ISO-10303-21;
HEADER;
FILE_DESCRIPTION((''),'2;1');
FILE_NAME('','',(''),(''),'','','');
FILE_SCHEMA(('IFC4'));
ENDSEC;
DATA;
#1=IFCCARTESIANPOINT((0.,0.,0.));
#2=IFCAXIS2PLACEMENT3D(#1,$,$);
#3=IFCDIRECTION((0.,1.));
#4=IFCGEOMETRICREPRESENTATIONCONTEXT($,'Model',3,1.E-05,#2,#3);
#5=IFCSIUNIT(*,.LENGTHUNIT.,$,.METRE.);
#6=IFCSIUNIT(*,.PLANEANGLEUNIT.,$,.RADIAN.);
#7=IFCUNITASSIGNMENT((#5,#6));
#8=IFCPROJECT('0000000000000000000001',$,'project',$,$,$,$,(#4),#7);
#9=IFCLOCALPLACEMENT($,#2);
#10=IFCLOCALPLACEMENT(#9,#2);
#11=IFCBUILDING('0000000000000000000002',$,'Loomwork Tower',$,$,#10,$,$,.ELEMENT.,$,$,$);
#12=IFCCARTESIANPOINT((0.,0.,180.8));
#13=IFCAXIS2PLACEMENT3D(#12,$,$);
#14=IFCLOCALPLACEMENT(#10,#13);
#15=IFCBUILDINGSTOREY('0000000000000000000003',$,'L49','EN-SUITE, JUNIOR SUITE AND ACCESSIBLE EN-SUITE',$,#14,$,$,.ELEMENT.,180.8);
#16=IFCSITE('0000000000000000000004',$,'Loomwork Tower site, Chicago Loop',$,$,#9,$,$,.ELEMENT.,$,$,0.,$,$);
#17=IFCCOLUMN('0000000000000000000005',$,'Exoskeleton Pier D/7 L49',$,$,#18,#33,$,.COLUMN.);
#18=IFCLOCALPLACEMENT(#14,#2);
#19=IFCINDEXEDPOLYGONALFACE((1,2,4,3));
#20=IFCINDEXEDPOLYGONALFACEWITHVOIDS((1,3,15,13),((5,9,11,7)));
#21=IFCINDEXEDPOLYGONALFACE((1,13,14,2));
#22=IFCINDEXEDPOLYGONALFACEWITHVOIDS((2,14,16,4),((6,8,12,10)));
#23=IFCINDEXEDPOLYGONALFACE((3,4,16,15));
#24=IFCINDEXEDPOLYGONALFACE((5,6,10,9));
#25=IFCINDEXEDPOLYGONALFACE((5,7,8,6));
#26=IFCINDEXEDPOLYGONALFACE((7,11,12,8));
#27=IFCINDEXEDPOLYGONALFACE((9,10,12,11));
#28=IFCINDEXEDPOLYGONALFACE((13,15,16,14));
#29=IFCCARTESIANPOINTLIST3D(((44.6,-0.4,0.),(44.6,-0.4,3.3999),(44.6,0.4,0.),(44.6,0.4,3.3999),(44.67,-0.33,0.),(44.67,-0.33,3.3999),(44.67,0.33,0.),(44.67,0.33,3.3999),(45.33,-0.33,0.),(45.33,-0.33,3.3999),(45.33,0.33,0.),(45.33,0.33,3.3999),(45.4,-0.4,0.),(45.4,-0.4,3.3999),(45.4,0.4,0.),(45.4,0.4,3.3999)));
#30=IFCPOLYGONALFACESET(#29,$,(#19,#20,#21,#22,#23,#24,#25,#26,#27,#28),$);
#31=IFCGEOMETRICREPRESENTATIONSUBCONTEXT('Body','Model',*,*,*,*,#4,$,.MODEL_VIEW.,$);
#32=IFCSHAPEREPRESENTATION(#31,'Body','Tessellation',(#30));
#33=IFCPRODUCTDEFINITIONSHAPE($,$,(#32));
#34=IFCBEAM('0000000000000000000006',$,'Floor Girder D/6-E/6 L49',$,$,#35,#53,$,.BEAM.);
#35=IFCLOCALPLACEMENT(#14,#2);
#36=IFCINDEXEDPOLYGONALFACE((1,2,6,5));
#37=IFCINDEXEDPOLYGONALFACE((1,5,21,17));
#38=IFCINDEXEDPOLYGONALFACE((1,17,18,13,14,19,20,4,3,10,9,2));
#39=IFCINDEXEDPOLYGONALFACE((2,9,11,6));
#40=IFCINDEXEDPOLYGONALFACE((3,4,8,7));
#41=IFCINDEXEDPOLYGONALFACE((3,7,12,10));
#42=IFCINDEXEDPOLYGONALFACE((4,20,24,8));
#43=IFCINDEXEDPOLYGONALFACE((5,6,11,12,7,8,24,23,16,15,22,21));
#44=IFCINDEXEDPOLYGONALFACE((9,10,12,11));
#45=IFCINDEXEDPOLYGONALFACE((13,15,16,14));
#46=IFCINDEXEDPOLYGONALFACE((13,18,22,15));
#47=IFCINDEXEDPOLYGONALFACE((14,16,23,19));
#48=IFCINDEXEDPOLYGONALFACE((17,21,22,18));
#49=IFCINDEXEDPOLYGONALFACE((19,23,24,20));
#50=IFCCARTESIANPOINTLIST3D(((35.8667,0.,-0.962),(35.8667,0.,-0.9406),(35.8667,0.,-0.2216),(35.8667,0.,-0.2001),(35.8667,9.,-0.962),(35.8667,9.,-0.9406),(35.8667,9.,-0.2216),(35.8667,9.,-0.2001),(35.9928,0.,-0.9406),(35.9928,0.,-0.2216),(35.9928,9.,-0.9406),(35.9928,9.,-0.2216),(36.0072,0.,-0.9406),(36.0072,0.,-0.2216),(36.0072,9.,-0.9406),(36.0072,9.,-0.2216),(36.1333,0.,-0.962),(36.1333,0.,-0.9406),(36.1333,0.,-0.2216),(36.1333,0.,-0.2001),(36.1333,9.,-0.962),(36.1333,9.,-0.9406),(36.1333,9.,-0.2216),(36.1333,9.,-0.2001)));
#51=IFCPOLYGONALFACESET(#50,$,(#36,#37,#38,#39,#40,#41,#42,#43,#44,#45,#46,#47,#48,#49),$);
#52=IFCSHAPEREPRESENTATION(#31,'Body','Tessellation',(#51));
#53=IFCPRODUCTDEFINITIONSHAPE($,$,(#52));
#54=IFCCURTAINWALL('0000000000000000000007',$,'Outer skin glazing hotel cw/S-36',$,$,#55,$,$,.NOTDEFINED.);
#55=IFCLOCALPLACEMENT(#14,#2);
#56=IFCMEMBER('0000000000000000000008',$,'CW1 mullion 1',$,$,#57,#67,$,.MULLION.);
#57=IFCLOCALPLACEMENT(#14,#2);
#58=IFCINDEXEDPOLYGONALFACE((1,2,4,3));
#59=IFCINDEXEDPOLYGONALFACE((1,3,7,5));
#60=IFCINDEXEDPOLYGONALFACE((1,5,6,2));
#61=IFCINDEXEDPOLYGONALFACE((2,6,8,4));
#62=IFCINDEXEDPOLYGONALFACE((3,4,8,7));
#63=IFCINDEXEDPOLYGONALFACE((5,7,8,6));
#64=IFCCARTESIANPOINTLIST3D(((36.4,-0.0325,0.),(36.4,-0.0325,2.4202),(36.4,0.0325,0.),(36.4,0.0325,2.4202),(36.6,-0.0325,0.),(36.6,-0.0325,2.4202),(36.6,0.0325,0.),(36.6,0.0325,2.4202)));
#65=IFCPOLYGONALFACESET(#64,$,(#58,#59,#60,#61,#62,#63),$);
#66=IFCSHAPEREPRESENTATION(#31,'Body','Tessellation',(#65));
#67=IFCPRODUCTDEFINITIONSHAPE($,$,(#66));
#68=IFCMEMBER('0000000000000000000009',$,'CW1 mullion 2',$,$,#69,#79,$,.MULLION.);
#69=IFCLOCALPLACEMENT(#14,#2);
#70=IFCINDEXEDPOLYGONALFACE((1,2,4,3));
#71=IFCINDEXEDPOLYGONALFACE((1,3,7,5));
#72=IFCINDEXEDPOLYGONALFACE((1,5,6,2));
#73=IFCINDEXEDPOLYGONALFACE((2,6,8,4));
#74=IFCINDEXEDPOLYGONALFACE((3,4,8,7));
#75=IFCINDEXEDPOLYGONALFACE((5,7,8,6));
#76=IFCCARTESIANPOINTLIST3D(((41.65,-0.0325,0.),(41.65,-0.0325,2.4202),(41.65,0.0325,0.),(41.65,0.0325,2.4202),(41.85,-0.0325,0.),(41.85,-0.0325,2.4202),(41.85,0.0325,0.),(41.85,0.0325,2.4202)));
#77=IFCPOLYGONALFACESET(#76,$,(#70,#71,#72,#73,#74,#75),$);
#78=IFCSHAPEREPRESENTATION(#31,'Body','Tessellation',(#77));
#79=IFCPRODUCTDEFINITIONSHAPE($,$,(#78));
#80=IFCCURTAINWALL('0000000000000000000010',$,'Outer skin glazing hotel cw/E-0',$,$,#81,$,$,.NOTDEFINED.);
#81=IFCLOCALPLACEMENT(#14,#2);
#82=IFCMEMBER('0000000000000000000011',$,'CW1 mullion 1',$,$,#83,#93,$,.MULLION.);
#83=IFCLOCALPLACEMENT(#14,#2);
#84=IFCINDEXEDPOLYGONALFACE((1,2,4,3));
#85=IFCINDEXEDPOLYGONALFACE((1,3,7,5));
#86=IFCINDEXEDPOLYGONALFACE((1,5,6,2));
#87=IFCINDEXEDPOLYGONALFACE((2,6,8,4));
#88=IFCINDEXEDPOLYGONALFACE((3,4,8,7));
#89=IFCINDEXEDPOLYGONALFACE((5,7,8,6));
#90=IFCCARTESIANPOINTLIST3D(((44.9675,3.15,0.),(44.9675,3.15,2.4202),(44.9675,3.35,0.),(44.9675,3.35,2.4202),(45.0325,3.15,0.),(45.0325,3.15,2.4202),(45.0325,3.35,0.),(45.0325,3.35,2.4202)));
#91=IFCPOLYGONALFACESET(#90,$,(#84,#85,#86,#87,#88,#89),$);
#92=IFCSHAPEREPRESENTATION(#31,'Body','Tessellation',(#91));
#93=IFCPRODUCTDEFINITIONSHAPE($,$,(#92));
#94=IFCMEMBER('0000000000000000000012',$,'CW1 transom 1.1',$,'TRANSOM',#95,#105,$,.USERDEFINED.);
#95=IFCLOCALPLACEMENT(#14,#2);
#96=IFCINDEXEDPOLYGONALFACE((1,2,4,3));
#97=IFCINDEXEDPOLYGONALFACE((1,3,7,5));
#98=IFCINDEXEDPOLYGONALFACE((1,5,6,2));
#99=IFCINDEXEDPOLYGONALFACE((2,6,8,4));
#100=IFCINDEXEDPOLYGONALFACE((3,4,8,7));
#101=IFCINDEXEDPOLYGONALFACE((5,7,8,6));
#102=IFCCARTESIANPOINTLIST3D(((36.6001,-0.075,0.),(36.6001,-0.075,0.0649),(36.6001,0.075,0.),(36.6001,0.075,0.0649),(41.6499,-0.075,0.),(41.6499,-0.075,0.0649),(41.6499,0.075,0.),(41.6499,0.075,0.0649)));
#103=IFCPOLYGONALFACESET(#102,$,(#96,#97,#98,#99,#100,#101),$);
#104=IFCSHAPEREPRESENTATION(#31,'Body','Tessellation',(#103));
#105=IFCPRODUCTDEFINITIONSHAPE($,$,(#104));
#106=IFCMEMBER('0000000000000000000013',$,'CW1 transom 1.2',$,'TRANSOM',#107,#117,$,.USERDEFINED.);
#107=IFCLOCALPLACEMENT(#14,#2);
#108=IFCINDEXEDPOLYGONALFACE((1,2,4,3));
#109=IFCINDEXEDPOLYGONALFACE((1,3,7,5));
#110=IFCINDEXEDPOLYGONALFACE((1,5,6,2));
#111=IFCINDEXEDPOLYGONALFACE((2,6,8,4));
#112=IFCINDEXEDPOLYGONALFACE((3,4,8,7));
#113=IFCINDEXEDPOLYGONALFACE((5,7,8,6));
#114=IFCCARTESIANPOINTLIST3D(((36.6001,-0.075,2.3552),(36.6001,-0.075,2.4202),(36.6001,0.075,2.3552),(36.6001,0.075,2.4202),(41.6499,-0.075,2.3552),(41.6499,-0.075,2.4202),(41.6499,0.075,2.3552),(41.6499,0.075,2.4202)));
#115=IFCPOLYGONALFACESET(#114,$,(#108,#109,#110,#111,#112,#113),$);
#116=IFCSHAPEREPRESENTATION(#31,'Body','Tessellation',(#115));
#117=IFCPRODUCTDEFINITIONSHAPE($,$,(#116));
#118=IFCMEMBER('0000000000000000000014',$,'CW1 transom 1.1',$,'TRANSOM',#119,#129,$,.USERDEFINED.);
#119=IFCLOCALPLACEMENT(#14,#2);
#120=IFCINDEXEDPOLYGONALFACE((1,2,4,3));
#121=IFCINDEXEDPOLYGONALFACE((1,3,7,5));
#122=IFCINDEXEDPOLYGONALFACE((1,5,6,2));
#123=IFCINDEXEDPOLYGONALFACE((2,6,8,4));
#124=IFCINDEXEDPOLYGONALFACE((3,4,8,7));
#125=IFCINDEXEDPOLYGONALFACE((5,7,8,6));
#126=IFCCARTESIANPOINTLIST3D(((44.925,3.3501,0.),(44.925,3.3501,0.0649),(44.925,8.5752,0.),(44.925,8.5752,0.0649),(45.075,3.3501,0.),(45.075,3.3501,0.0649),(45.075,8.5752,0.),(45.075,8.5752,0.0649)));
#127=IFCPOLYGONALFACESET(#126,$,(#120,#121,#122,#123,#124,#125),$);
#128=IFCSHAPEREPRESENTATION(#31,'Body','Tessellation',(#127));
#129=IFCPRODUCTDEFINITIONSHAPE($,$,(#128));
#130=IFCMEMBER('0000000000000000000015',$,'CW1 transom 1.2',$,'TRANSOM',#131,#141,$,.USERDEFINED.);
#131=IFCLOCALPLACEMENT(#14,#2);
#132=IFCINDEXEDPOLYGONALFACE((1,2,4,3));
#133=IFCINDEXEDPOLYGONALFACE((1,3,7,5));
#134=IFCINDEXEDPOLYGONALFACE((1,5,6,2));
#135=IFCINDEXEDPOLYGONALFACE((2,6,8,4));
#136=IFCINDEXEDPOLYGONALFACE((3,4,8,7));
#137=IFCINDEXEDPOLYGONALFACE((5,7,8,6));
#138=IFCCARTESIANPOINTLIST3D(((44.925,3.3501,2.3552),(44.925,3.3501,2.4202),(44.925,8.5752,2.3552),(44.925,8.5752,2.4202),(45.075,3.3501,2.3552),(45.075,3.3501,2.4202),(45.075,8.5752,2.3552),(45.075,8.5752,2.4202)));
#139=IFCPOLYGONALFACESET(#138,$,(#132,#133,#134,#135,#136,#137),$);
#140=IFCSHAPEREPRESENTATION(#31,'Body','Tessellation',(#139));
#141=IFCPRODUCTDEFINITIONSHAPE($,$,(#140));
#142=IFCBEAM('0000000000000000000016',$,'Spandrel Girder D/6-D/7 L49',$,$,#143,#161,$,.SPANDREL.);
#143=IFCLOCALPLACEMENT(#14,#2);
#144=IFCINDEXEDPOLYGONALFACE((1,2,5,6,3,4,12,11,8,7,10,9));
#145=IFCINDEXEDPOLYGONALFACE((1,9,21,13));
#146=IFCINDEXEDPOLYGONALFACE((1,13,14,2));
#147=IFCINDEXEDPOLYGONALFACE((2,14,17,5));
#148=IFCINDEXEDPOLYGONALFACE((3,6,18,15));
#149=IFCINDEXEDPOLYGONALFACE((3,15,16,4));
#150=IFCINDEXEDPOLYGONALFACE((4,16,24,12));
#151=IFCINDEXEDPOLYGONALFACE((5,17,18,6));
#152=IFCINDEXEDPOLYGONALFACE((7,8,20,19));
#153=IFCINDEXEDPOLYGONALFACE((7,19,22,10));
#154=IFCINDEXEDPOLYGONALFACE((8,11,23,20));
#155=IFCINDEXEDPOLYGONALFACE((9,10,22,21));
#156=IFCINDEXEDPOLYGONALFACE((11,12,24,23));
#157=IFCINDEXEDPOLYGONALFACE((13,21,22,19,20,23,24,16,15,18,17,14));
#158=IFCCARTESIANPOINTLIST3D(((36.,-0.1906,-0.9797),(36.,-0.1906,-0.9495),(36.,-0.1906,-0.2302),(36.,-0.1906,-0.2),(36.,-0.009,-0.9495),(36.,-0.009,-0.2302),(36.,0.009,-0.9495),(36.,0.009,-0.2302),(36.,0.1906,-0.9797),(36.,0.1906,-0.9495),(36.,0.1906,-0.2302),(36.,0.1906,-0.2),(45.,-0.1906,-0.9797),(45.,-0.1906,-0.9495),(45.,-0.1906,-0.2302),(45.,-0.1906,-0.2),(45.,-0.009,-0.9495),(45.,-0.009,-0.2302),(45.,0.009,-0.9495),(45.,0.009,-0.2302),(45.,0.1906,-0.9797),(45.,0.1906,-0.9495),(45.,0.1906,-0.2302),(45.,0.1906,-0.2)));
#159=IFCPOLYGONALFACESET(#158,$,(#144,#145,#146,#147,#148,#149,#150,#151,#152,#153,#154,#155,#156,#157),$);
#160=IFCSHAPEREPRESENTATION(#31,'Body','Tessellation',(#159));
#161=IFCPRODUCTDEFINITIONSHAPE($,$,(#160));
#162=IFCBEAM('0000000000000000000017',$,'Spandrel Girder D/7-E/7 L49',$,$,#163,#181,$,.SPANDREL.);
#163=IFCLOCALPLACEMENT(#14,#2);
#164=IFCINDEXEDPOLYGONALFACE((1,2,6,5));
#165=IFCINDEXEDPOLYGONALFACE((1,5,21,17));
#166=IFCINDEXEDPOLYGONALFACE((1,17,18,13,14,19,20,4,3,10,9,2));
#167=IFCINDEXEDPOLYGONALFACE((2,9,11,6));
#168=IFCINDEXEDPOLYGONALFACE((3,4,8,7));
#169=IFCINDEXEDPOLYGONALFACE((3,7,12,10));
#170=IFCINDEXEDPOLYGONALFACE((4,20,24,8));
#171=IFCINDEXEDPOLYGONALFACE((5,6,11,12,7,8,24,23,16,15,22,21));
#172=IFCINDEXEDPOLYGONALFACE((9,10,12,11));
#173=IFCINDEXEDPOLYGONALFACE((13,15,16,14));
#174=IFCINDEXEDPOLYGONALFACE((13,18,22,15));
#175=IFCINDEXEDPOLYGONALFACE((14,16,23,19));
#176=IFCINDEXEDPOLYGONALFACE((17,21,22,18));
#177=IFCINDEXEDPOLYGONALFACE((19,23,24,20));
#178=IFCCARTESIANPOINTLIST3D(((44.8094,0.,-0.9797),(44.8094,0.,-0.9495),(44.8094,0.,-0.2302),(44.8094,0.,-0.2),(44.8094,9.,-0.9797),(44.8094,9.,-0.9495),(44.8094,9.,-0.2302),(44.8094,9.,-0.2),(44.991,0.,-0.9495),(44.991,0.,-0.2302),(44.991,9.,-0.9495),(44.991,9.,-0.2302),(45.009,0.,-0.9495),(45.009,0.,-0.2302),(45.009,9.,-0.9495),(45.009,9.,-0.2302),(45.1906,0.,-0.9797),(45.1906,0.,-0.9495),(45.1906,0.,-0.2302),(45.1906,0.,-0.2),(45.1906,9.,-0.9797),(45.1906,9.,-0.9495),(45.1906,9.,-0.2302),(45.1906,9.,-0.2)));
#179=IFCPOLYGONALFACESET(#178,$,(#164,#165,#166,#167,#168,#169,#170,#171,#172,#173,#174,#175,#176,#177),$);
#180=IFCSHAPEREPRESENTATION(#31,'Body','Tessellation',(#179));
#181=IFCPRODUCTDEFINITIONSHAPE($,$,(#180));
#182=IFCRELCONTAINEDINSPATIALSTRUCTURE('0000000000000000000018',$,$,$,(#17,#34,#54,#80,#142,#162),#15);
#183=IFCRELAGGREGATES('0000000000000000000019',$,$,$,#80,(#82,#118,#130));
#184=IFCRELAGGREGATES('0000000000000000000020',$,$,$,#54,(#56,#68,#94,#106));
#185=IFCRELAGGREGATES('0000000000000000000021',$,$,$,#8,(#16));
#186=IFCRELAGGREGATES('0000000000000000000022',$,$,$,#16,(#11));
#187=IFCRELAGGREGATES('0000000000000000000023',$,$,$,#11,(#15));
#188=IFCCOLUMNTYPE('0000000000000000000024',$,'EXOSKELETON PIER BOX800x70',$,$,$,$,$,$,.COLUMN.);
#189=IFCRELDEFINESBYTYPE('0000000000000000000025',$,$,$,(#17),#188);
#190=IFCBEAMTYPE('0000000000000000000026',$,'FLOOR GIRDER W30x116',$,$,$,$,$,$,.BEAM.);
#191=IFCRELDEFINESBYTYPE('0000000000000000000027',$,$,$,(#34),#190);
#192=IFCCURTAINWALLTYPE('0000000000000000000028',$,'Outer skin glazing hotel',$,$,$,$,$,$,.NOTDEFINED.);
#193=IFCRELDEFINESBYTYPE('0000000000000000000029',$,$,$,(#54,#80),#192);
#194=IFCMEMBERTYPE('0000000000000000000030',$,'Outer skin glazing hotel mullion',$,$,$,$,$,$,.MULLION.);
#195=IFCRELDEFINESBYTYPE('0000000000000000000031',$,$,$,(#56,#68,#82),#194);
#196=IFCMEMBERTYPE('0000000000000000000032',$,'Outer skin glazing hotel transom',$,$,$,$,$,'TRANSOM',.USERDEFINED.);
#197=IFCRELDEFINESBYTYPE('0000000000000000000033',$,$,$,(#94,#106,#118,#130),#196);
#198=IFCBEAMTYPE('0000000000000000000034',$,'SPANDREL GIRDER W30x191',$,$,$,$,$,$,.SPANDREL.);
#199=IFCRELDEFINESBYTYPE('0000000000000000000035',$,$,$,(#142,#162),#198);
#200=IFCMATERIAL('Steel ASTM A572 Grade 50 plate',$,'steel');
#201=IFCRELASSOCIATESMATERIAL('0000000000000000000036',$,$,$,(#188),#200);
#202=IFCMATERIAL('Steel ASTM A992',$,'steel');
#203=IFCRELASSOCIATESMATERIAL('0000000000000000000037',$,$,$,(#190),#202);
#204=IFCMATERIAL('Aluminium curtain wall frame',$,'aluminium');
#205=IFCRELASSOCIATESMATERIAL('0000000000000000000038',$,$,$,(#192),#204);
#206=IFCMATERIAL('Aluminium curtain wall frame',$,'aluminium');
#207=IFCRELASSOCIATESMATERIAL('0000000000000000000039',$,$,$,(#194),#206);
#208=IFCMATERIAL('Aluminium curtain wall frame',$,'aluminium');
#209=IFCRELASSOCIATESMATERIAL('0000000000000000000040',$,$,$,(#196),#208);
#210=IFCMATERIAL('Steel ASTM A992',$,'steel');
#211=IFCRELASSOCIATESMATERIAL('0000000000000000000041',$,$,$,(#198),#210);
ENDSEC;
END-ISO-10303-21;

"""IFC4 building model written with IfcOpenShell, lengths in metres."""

from ifc_helpers import new_model, si_unit, direction, frame, origin, origin_2d, place, context, subcontext, project, spatial, rectangle, hollow_rectangle, i_section, extrude, material, material_profile, profile_set, type_object, element, aggregate, save


model = new_model("IFC4")

# Units and contexts
model_context = context("Model", 3, precision=1e-05, world=origin(), true_north=direction((0.0, 1.0)))
body_context = subcontext(model_context, "Body", "Model", "MODEL_VIEW")
ifc_project = project(units=[si_unit("LENGTHUNIT", "METRE"), si_unit("PLANEANGLEUNIT", "RADIAN")], contexts=[model_context])

# Site, building, storey
site_placement = place(None, origin())
site = spatial("IfcSite", under=ifc_project, at=site_placement, Name="Loomwork Tower site, Chicago Loop", CompositionType="ELEMENT", RefElevation=0.0)
building_placement = place(site_placement, origin())
building = spatial("IfcBuilding", under=site, at=building_placement, Name="Loomwork Tower", CompositionType="ELEMENT")
storey_placement = place(building_placement, frame((0.0, 0.0, 180.8)))
storey = spatial("IfcBuildingStorey", under=building, at=storey_placement, Name="L49", Description="EN-SUITE, JUNIOR SUITE AND ACCESSIBLE EN-SUITE", CompositionType="ELEMENT", Elevation=180.8)

# Column
ifc_material_1 = material(Name="Steel ASTM A572 Grade 50 plate", Category="steel")
ifc_material_profile_1 = material_profile(ifc_material_1, hollow_rectangle(XDim=0.8, YDim=0.8, WallThickness=0.0701, at=origin_2d()), Name="BOX800x70")
ifc_profile_set_1 = profile_set([ifc_material_profile_1], Name="Steel ASTM A572 Grade 50 plate")
column_type = type_object("IfcColumnType", Name="EXOSKELETON PIER BOX800x70", PredefinedType="COLUMN", material=ifc_profile_set_1)
column_placement = place(storey_placement, frame((45.0, 0.0, 0.0), z_axis=(0.0, 0.0, 1.0), x_axis=(1.0, 0.0, 0.0)))
element("IfcColumn", 1, at=column_placement, inside=storey, type_object=column_type, Name="Exoskeleton Pier D/7 L49", PredefinedType="COLUMN", context=body_context, shape_type="SweptSolid", body=[
    extrude(hollow_rectangle(XDim=0.8, YDim=0.8, WallThickness=0.0701, at=origin_2d()), origin(), (0.0, 0.0, 1.0), 3.3999),
])

# Beam
ifc_material_2 = material(Name="Steel ASTM A992", Category="steel")
ifc_material_profile_2 = material_profile(ifc_material_2, i_section(OverallWidth=0.2666, OverallDepth=0.762, WebThickness=0.0144, FlangeThickness=0.0215, at=origin_2d()), Name="W30x116")
ifc_profile_set_2 = profile_set([ifc_material_profile_2], Name="Steel ASTM A992")
beam_type_1 = type_object("IfcBeamType", Name="FLOOR GIRDER W30x116", PredefinedType="BEAM", material=ifc_profile_set_2)
beam_placement = place(storey_placement, frame((36.0, 0.0, -0.5811), z_axis=(0.0, 1.0, 0.0), x_axis=(-1.0, 0.0, 0.0)))
element("IfcBeam", 2, at=beam_placement, inside=storey, type_object=beam_type_1, Name="Floor Girder D/6-E/6 L49", PredefinedType="BEAM", context=body_context, shape_type="SweptSolid", body=[
    extrude(i_section(OverallWidth=0.2666, OverallDepth=0.762, WebThickness=0.0144, FlangeThickness=0.0215, at=origin_2d()), origin(), (0.0, 0.0, 1.0), 9.0),
])

# Curtain wall, members
ifc_material_3 = material(Name="Aluminium curtain wall frame", Category="aluminium")
curtain_wall_type = type_object("IfcCurtainWallType", Name="Outer skin glazing hotel", PredefinedType="NOTDEFINED", material=ifc_material_3)
curtain_wall_1_placement = place(storey_placement, origin())
curtain_wall_1 = element("IfcCurtainWall", 3, at=curtain_wall_1_placement, inside=storey, type_object=curtain_wall_type, Name="Outer skin glazing hotel cw/S-36", PredefinedType="NOTDEFINED")
ifc_material_4 = material(Name="Aluminium curtain wall frame", Category="aluminium")
ifc_material_profile_3 = material_profile(ifc_material_4, rectangle(XDim=0.0649, YDim=0.2, at=origin_2d()), Name="AL 65x200")
ifc_profile_set_3 = profile_set([ifc_material_profile_3], Name="Aluminium curtain wall frame")
member_type_1 = type_object("IfcMemberType", Name="Outer skin glazing hotel mullion", PredefinedType="MULLION", material=ifc_profile_set_3)
member_1_placement = place(storey_placement, frame((36.5, 0.0, 0.0), z_axis=(0.0, 0.0, 1.0), x_axis=(0.0, 1.0, 0.0)))
member_1 = element("IfcMember", 4, at=member_1_placement, type_object=member_type_1, Name="CW1 mullion 1", PredefinedType="MULLION", context=body_context, shape_type="SweptSolid", body=[
    extrude(rectangle(XDim=0.0649, YDim=0.2, at=origin_2d()), origin(), (0.0, 0.0, 1.0), 2.4202),
])
member_2_placement = place(storey_placement, frame((41.75, 0.0, 0.0), z_axis=(0.0, 0.0, 1.0), x_axis=(0.0, 1.0, 0.0)))
member_2 = element("IfcMember", 5, at=member_2_placement, type_object=member_type_1, Name="CW1 mullion 2", PredefinedType="MULLION", context=body_context, shape_type="SweptSolid", body=[
    extrude(rectangle(XDim=0.0649, YDim=0.2, at=origin_2d()), origin(), (0.0, 0.0, 1.0), 2.4202),
])

# Curtain wall, member
curtain_wall_2_placement = place(storey_placement, origin())
curtain_wall_2 = element("IfcCurtainWall", 6, at=curtain_wall_2_placement, inside=storey, type_object=curtain_wall_type, Name="Outer skin glazing hotel cw/E-0", PredefinedType="NOTDEFINED")
member_3_placement = place(storey_placement, frame((45.0, 3.25, 0.0), z_axis=(0.0, 0.0, 1.0), x_axis=(-1.0, 0.0, 0.0)))
member_3 = element("IfcMember", 7, at=member_3_placement, type_object=member_type_1, Name="CW1 mullion 1", PredefinedType="MULLION", context=body_context, shape_type="SweptSolid", body=[
    extrude(rectangle(XDim=0.0649, YDim=0.2, at=origin_2d()), origin(), (0.0, 0.0, 1.0), 2.4202),
])

# Members
ifc_material_5 = material(Name="Aluminium curtain wall frame", Category="aluminium")
ifc_material_profile_4 = material_profile(ifc_material_5, rectangle(XDim=0.1499, YDim=0.0649, at=origin_2d()), Name="AL 65x150")
ifc_profile_set_4 = profile_set([ifc_material_profile_4], Name="Aluminium curtain wall frame")
member_type_2 = type_object("IfcMemberType", Name="Outer skin glazing hotel transom", ElementType="TRANSOM", PredefinedType="USERDEFINED", material=ifc_profile_set_4)
member_4_placement = place(storey_placement, frame((36.6001, 0.0, 0.0325), z_axis=(1.0, 0.0, 0.0), x_axis=(0.0, 1.0, 0.0)))
member_4 = element("IfcMember", 8, at=member_4_placement, type_object=member_type_2, Name="CW1 transom 1.1", ObjectType="TRANSOM", PredefinedType="USERDEFINED", context=body_context, shape_type="SweptSolid", body=[
    extrude(rectangle(XDim=0.1499, YDim=0.0649, at=origin_2d()), origin(), (0.0, 0.0, 1.0), 5.0498),
])
member_5_placement = place(storey_placement, frame((36.6001, 0.0, 2.3877), z_axis=(1.0, 0.0, 0.0), x_axis=(0.0, 1.0, 0.0)))
member_5 = element("IfcMember", 9, at=member_5_placement, type_object=member_type_2, Name="CW1 transom 1.2", ObjectType="TRANSOM", PredefinedType="USERDEFINED", context=body_context, shape_type="SweptSolid", body=[
    extrude(rectangle(XDim=0.1499, YDim=0.0649, at=origin_2d()), origin(), (0.0, 0.0, 1.0), 5.0498),
])
member_6_placement = place(storey_placement, frame((45.0, 3.3501, 0.0325), z_axis=(0.0, 1.0, 0.0), x_axis=(-1.0, 0.0, 0.0)))
member_6 = element("IfcMember", 10, at=member_6_placement, type_object=member_type_2, Name="CW1 transom 1.1", ObjectType="TRANSOM", PredefinedType="USERDEFINED", context=body_context, shape_type="SweptSolid", body=[
    extrude(rectangle(XDim=0.1499, YDim=0.0649, at=origin_2d()), origin(), (0.0, 0.0, 1.0), 5.2251),
])
member_7_placement = place(storey_placement, frame((45.0, 3.3501, 2.3877), z_axis=(0.0, 1.0, 0.0), x_axis=(-1.0, 0.0, 0.0)))
member_7 = element("IfcMember", 11, at=member_7_placement, type_object=member_type_2, Name="CW1 transom 1.2", ObjectType="TRANSOM", PredefinedType="USERDEFINED", context=body_context, shape_type="SweptSolid", body=[
    extrude(rectangle(XDim=0.1499, YDim=0.0649, at=origin_2d()), origin(), (0.0, 0.0, 1.0), 5.2251),
])
aggregate(curtain_wall_2, [member_3, member_6, member_7])

# Beams
ifc_material_6 = material(Name="Steel ASTM A992", Category="steel")
ifc_material_profile_5 = material_profile(ifc_material_6, i_section(OverallWidth=0.3811, OverallDepth=0.7798, WebThickness=0.0181, FlangeThickness=0.0303, at=origin_2d()), Name="W30x191")
ifc_profile_set_5 = profile_set([ifc_material_profile_5], Name="Steel ASTM A992")
beam_type_2 = type_object("IfcBeamType", Name="SPANDREL GIRDER W30x191", PredefinedType="SPANDREL", material=ifc_profile_set_5)
for number, where, z_axis, x_axis, name in (
    (12, (36.0, 0.0, -0.5898), (1.0, 0.0, 0.0), (0.0, 1.0, 0.0), "Spandrel Girder D/6-D/7 L49"),
    (13, (45.0, 0.0, -0.5898), (0.0, 1.0, 0.0), (-1.0, 0.0, 0.0), "Spandrel Girder D/7-E/7 L49"),
):
    element("IfcBeam", number, at=place(storey_placement, frame(where, z_axis=z_axis, x_axis=x_axis)), inside=storey, type_object=beam_type_2, Name=name, PredefinedType="SPANDREL", context=body_context, shape_type="SweptSolid", body=[
        extrude(i_section(OverallWidth=0.3811, OverallDepth=0.7798, WebThickness=0.0181, FlangeThickness=0.0303, at=origin_2d()), origin(), (0.0, 0.0, 1.0), 9.0),
    ])

aggregate(curtain_wall_1, [member_1, member_2, member_4, member_5])

save(model, "model.ifc")
